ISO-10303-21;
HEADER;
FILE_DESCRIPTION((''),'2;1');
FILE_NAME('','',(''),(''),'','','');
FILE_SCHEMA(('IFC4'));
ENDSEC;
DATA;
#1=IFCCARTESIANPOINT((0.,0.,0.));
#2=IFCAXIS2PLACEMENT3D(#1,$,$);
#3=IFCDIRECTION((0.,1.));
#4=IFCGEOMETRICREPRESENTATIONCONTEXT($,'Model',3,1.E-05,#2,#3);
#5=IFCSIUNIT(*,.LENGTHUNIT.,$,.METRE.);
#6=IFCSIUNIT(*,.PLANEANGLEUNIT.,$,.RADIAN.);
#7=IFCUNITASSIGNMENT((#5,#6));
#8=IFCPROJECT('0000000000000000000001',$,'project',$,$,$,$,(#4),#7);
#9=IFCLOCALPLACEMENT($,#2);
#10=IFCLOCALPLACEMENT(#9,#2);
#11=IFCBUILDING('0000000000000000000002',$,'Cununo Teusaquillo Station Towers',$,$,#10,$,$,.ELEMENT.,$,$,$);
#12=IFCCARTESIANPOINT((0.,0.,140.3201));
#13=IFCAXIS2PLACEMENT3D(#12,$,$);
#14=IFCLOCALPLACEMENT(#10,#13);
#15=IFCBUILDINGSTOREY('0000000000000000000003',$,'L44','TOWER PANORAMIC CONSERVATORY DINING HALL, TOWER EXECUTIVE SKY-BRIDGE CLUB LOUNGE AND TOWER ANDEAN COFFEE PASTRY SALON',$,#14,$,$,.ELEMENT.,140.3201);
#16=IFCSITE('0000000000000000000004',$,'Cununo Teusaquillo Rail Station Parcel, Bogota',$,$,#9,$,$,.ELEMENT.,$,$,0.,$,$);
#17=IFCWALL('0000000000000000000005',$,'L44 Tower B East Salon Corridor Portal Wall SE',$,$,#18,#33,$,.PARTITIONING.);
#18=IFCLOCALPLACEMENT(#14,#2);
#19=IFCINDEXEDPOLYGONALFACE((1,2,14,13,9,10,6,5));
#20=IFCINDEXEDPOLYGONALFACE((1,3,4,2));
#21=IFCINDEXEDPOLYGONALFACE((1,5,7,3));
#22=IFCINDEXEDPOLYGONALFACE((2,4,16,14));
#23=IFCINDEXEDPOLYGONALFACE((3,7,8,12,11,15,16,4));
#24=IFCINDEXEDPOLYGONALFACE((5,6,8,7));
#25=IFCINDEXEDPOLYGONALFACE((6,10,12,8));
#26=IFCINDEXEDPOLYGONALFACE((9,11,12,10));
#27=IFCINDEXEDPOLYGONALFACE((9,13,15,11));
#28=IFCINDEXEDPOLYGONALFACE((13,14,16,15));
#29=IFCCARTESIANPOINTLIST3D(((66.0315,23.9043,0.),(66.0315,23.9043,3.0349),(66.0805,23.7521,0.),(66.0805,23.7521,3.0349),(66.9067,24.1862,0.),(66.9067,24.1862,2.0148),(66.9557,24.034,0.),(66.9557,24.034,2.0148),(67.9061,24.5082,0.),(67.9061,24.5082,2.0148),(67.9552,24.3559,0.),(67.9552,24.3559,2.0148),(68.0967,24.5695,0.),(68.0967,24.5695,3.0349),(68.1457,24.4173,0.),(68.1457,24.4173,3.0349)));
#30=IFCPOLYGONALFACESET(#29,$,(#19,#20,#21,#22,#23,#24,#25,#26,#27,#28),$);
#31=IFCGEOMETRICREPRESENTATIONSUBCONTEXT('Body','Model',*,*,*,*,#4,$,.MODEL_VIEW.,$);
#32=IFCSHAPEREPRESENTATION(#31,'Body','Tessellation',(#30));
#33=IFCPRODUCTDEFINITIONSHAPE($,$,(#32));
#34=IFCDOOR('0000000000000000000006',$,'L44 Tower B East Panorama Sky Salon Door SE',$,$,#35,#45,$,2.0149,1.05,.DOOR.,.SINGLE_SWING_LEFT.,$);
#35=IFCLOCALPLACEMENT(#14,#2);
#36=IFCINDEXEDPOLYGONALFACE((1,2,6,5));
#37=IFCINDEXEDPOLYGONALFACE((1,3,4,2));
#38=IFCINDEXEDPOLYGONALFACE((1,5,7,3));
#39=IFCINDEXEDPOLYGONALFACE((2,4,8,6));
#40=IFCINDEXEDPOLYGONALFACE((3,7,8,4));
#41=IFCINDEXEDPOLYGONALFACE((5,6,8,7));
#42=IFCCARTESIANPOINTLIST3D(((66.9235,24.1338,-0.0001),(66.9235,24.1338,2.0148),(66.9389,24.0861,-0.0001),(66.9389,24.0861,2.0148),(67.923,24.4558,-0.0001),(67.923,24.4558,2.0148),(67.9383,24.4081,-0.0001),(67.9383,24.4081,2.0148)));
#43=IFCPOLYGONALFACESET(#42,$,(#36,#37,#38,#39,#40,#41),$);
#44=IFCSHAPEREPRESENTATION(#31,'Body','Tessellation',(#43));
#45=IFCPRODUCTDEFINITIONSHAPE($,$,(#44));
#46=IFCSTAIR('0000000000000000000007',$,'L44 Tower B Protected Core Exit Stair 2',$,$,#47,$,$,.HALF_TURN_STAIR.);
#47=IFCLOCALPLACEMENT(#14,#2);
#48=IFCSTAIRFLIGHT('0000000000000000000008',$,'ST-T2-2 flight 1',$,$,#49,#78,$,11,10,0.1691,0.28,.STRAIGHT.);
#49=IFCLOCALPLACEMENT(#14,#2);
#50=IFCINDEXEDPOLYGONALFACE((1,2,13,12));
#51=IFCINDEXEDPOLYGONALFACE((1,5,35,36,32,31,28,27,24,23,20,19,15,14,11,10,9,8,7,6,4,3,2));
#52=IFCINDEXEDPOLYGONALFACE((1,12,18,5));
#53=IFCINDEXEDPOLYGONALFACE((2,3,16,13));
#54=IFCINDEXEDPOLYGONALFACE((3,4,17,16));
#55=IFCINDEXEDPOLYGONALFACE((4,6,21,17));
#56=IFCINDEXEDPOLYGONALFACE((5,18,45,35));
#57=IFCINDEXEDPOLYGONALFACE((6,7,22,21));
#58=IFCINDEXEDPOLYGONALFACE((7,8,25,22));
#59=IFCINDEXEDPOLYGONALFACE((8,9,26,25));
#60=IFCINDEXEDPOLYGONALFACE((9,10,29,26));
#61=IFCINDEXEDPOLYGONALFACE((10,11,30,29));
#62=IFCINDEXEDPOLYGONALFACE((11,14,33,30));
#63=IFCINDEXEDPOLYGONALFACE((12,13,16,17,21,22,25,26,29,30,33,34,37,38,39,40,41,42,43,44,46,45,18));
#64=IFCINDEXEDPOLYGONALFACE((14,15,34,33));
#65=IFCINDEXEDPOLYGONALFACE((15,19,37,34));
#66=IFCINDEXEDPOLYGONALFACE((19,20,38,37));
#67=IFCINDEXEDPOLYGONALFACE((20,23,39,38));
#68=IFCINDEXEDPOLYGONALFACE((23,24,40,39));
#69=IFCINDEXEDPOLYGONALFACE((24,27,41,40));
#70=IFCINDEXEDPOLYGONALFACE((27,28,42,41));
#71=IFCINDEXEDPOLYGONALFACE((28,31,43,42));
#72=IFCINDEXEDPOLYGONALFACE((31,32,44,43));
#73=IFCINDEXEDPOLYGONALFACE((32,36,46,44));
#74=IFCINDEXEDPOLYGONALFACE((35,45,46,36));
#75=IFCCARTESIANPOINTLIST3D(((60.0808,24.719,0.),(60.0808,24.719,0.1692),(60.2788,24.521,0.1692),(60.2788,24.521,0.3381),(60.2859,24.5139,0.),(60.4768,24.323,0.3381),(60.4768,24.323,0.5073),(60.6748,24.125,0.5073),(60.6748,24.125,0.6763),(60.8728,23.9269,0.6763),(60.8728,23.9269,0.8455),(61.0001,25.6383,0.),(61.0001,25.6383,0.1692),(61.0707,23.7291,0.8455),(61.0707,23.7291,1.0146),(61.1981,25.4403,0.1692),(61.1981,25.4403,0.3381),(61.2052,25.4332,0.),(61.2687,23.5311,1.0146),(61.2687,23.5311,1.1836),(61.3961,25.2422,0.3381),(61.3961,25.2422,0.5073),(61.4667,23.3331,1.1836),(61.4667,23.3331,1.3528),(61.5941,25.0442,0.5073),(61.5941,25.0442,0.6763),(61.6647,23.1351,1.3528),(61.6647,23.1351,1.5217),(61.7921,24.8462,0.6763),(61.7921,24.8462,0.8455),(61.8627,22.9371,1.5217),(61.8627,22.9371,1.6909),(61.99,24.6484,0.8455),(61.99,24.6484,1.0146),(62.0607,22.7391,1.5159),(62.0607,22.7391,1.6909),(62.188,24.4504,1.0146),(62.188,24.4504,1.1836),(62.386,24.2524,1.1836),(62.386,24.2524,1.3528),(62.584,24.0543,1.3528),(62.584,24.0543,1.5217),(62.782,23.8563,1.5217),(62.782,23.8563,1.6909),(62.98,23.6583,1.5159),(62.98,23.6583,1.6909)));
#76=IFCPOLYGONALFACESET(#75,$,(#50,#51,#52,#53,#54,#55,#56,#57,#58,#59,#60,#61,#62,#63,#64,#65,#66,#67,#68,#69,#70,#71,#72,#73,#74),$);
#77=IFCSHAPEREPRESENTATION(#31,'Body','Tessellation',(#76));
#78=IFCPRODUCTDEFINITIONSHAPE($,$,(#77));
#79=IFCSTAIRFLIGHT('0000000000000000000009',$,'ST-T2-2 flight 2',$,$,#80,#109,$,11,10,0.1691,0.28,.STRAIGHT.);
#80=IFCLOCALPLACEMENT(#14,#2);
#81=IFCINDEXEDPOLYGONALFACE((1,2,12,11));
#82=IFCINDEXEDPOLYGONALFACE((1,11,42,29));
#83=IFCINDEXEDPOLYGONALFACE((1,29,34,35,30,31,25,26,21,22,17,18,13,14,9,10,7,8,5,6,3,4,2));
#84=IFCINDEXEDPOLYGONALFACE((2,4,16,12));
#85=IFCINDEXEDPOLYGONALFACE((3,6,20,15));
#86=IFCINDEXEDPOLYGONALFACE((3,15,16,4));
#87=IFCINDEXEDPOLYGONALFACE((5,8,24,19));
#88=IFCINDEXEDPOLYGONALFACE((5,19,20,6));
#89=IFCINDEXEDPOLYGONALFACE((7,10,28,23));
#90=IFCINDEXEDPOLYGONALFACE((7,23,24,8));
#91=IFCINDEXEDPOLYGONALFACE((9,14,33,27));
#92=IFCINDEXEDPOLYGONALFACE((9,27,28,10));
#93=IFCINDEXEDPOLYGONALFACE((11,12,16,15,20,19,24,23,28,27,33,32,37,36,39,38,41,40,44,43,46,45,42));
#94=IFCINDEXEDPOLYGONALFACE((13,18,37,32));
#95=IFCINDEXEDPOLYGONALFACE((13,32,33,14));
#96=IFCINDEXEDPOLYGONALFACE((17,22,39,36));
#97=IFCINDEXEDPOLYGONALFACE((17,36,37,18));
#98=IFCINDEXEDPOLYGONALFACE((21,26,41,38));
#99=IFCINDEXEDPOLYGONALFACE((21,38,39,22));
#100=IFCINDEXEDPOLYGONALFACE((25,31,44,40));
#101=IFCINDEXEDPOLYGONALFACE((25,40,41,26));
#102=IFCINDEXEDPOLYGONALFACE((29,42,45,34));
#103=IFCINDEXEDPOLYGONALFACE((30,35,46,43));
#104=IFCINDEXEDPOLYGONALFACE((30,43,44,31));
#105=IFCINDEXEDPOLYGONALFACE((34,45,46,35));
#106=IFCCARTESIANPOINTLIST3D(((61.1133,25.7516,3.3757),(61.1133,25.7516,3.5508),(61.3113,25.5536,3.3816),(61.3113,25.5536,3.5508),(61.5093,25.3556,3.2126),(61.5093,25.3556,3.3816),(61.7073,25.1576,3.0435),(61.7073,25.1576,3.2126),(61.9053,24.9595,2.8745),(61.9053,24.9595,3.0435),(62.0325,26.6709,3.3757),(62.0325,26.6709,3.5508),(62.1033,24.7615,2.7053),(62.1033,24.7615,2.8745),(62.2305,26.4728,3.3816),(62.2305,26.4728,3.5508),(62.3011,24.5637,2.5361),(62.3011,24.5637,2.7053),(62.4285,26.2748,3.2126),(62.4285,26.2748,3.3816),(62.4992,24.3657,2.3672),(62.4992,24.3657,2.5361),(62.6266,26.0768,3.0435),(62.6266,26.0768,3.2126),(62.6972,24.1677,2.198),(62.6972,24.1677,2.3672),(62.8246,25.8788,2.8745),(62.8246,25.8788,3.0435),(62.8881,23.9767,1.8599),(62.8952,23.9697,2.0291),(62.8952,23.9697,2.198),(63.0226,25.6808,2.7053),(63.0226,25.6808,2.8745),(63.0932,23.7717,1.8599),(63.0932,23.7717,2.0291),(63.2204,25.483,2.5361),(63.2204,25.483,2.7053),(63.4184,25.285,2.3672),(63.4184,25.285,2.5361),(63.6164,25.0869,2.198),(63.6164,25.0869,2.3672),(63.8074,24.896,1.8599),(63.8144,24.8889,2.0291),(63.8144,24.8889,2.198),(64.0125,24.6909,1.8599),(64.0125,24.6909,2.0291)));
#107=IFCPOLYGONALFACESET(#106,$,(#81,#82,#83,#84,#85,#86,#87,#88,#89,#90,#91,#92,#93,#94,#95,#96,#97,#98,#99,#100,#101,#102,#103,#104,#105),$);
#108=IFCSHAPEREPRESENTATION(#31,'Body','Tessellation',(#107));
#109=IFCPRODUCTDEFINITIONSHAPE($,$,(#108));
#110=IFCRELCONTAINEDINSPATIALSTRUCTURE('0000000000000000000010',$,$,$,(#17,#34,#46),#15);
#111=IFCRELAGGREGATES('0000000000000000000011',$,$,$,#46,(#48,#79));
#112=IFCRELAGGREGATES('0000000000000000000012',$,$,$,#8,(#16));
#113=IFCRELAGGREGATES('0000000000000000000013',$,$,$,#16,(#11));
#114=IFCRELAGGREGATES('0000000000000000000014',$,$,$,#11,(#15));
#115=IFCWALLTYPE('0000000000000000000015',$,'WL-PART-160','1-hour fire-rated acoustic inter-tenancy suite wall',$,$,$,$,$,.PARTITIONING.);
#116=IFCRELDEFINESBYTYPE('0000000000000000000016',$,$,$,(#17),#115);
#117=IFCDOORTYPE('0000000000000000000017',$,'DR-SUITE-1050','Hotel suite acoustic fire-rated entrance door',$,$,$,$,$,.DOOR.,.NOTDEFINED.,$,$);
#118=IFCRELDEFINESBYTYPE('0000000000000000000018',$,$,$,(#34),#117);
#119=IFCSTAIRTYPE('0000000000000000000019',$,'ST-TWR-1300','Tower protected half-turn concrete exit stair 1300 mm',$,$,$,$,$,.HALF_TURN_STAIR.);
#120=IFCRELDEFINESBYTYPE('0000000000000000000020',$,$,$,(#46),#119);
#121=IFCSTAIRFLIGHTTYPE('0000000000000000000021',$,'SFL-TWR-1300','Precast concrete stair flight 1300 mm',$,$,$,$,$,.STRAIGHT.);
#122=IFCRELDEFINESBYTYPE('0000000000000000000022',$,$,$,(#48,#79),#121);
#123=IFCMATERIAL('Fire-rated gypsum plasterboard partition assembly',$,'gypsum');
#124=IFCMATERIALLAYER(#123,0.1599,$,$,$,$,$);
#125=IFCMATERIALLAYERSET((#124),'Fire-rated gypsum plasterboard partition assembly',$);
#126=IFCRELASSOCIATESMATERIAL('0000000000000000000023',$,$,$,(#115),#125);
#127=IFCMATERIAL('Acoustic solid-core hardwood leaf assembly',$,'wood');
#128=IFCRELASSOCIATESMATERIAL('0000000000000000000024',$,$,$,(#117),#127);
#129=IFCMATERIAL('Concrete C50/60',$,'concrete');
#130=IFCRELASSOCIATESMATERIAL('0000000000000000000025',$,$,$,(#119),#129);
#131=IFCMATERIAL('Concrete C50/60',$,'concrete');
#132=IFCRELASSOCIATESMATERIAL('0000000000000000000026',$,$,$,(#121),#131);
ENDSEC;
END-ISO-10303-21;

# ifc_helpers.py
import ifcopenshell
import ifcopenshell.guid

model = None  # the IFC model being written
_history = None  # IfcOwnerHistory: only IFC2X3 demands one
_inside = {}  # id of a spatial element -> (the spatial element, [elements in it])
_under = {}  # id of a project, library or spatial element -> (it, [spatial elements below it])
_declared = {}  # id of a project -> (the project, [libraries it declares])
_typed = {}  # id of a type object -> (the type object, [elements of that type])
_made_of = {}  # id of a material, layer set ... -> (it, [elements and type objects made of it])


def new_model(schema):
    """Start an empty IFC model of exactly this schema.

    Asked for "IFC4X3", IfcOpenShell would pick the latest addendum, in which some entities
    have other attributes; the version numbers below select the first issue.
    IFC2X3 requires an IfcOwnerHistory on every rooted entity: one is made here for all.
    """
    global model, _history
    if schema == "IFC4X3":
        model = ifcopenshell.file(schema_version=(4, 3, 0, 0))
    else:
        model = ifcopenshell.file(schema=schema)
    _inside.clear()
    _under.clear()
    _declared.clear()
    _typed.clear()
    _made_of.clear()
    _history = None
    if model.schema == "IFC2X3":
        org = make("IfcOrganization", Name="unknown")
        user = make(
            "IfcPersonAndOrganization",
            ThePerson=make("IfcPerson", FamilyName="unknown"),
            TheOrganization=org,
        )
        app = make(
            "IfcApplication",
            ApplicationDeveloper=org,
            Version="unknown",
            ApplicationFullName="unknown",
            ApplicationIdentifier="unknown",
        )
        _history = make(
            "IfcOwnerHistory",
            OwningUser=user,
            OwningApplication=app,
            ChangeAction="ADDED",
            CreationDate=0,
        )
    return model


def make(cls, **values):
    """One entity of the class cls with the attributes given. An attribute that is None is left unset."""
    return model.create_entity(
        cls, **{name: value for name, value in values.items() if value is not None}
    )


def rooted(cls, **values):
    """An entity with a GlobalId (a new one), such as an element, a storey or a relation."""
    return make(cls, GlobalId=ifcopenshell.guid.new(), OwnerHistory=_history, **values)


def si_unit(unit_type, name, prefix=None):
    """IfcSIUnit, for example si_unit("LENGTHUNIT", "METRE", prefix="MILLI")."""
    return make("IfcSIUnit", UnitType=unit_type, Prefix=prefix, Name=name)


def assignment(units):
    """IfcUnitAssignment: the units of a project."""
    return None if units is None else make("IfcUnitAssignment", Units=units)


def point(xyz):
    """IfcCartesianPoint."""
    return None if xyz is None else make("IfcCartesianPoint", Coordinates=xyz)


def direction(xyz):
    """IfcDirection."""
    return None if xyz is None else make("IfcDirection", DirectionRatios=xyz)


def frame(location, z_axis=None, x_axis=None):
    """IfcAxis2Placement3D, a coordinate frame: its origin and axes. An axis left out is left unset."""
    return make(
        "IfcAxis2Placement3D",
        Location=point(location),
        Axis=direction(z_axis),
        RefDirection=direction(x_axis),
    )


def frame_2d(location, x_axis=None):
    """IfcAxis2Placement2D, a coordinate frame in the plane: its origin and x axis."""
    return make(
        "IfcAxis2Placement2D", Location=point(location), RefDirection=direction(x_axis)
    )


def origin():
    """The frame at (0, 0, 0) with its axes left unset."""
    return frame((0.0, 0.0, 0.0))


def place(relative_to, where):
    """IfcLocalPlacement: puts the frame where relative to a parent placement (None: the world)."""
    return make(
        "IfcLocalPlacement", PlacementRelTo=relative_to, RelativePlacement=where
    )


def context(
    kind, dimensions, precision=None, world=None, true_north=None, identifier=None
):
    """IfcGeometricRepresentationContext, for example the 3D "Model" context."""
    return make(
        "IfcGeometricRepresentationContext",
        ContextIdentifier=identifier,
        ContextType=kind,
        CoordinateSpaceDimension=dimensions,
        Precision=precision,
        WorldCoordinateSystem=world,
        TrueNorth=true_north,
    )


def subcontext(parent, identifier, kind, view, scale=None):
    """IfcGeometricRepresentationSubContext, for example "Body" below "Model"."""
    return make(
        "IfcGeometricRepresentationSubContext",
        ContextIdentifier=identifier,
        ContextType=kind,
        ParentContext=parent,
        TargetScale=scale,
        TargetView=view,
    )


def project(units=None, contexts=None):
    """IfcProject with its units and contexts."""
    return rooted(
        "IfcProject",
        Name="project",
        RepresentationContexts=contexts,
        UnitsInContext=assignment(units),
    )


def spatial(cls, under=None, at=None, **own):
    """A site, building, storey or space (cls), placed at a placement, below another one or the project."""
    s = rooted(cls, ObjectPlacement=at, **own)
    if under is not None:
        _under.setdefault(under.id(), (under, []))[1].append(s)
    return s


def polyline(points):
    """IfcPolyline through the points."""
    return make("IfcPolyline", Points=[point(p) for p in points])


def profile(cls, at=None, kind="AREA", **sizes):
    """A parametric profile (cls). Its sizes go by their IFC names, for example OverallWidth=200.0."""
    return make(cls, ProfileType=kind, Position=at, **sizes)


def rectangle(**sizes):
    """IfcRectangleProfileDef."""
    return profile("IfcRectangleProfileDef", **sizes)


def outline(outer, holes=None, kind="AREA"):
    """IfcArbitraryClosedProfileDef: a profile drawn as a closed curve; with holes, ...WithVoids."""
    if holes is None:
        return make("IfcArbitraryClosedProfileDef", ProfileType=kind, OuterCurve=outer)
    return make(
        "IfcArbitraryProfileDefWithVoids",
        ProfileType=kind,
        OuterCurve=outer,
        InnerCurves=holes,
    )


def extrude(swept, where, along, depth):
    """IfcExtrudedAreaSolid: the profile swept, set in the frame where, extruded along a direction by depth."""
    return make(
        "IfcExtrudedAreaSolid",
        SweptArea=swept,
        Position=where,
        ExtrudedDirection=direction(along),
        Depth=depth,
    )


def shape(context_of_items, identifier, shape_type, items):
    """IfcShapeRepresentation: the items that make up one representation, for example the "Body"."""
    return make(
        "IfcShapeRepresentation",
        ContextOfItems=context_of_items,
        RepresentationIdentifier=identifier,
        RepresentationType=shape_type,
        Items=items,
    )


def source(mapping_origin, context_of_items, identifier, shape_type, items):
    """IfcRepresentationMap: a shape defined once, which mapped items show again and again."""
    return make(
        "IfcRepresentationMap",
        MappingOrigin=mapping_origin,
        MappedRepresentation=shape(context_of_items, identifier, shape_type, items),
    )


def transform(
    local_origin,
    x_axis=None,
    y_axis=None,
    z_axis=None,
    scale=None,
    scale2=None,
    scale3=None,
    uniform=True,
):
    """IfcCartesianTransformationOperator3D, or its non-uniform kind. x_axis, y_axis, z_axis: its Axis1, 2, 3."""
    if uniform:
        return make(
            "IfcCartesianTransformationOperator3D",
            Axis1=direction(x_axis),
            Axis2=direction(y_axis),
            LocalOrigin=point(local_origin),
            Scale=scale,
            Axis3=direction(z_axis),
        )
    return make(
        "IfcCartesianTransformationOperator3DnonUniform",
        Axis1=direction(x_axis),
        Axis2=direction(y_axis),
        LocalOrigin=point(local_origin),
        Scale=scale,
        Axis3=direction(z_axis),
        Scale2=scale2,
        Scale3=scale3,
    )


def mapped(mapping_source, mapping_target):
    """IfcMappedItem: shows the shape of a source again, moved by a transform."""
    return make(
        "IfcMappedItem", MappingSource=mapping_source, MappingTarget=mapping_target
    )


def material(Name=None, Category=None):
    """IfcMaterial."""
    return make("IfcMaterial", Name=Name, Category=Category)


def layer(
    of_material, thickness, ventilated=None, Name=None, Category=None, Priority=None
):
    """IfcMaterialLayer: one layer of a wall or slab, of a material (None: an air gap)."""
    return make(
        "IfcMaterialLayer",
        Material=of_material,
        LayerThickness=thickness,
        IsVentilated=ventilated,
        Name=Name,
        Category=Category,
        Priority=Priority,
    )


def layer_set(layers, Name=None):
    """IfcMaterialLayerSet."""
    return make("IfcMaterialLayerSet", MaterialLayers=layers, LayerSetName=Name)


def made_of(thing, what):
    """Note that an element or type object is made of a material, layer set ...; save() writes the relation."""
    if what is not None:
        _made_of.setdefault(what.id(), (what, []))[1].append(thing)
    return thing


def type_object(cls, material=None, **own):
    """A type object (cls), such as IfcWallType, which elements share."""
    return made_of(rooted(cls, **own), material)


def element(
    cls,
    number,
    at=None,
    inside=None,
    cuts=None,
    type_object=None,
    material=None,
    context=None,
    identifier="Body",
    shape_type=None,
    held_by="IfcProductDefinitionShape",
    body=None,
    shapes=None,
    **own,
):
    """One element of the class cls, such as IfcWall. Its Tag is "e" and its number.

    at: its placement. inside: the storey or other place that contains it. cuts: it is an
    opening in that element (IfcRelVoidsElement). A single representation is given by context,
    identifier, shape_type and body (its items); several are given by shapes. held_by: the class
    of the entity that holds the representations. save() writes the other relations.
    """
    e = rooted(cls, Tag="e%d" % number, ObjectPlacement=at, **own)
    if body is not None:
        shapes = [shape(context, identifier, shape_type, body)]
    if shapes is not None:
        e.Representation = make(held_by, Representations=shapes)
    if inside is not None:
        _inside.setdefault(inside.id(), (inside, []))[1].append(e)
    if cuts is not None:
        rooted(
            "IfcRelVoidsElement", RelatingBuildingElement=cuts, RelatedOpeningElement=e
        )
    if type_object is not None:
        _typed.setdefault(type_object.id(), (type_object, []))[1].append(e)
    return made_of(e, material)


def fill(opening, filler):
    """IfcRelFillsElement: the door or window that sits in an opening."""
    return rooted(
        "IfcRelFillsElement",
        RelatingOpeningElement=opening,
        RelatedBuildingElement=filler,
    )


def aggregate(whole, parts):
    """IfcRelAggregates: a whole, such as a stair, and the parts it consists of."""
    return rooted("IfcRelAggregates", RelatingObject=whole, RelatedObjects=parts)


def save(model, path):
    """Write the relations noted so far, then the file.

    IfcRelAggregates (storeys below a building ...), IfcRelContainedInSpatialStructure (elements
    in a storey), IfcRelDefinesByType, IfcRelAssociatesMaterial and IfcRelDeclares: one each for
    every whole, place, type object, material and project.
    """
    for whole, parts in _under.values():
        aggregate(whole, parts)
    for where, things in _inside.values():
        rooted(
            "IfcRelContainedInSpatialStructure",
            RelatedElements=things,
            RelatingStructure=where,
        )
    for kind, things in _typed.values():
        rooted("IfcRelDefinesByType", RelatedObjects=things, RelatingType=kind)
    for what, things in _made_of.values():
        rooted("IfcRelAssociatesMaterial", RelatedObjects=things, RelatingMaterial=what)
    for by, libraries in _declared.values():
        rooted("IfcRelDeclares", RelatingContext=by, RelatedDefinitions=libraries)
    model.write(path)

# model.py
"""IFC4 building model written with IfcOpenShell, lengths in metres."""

from ifc_helpers import new_model, si_unit, direction, frame, frame_2d, origin, place, context, subcontext, project, spatial, polyline, rectangle, outline, extrude, source, transform, mapped, material, layer, layer_set, type_object, element, fill, aggregate, save


model = new_model("IFC4")

# Units and contexts
model_context = context("Model", 3, precision=1e-05, world=origin(), true_north=direction((0.0, 1.0)))
body_context = subcontext(model_context, "Body", "Model", "MODEL_VIEW")
ifc_project = project(units=[si_unit("LENGTHUNIT", "METRE"), si_unit("PLANEANGLEUNIT", "RADIAN")], contexts=[model_context])

# Site, building, storey
site_placement = place(None, origin())
site = spatial("IfcSite", under=ifc_project, at=site_placement, Name="Cununo Teusaquillo Rail Station Parcel, Bogota", CompositionType="ELEMENT", RefElevation=0.0)
building_placement = place(site_placement, origin())
building = spatial("IfcBuilding", under=site, at=building_placement, Name="Cununo Teusaquillo Station Towers", CompositionType="ELEMENT")
storey_placement = place(building_placement, frame((0.0, 0.0, 140.3201)))
storey = spatial("IfcBuildingStorey", under=building, at=storey_placement, Name="L44", Description="TOWER PANORAMIC CONSERVATORY DINING HALL, TOWER EXECUTIVE SKY-BRIDGE CLUB LOUNGE AND TOWER ANDEAN COFFEE PASTRY SALON", CompositionType="ELEMENT", Elevation=140.3201)

# Shared definitions
ifc_material_1 = material(Name="Fire-rated gypsum plasterboard partition assembly", Category="gypsum")
ifc_layer_1 = layer(ifc_material_1, 0.1599)
ifc_layer_set_1 = layer_set([ifc_layer_1], Name="Fire-rated gypsum plasterboard partition assembly")
wall_type_1 = type_object("IfcWallType", Name="WL-PART-160", Description="1-hour fire-rated acoustic inter-tenancy suite wall", PredefinedType="PARTITIONING", material=ifc_layer_set_1)

# Wall, opening, door
shared_shape_1 = source(origin(), body_context, "Body", "SweptSolid", [
    extrude(rectangle(XDim=1.05, YDim=2.0149, at=frame_2d((0.5249, 1.0073))), frame((0.0, 0.0898, 0.0), z_axis=(0.0, -1.0, 0.0), x_axis=(1.0, 0.0, 0.0)), (0.0, 0.0, 1.0), 0.1799),
])
ifc_material_2 = material(Name="Acoustic solid-core hardwood leaf assembly", Category="wood")
door_type_1 = type_object("IfcDoorType", Name="DR-SUITE-1050", Description="Hotel suite acoustic fire-rated entrance door", OperationType="NOTDEFINED", PredefinedType="DOOR", material=ifc_material_2)
shared_shape_2 = source(origin(), body_context, "Body", "SweptSolid", [
    extrude(rectangle(XDim=1.05, YDim=2.0149, at=frame_2d((0.5249, 1.0073))), frame((0.0, 0.0249, 0.0), z_axis=(0.0, -1.0, 0.0), x_axis=(1.0, 0.0, 0.0)), (0.0, 0.0, 1.0), 0.05),
])
wall_1_placement = place(storey_placement, frame((66.0559, 23.8281, 0.0), z_axis=(0.0, 0.0, 1.0), x_axis=(0.951831, 0.306625, 0.0)))
wall_1 = element("IfcWall", 1, at=wall_1_placement, inside=storey, type_object=wall_type_1, Name="L44 Tower B East Salon Corridor Portal Wall SE", PredefinedType="PARTITIONING", context=body_context, shape_type="SweptSolid", body=[
    extrude(rectangle(XDim=2.1697, YDim=0.1599, at=frame_2d((1.085, 0.0))), origin(), (0.0, 0.0, 1.0), 3.0349),
])
opening_1_placement = place(wall_1_placement, frame((0.9197, 0.0, 0.0)))
opening_1 = element("IfcOpeningElement", 2, at=opening_1_placement, cuts=wall_1, PredefinedType="OPENING", context=body_context, shape_type="MappedRepresentation", body=[
    mapped(shared_shape_1, transform((0.0, 0.0, 0.0), x_axis=(1.0, 0.0, 0.0), y_axis=(0.0, 1.0, 0.0), z_axis=(0.0, 0.0, 1.0), scale=1.0)),
])
door_1_placement = place(opening_1_placement, origin())
door_1 = element("IfcDoor", 3, at=door_1_placement, inside=storey, type_object=door_type_1, Name="L44 Tower B East Panorama Sky Salon Door SE", OperationType="SINGLE_SWING_LEFT", OverallHeight=2.0149, OverallWidth=1.05, PredefinedType="DOOR", context=body_context, shape_type="MappedRepresentation", body=[
    mapped(shared_shape_2, transform((0.0, 0.0, 0.0), x_axis=(1.0, 0.0, 0.0), y_axis=(0.0, 1.0, 0.0), z_axis=(0.0, 0.0, 1.0), scale=1.0)),
])
fill(opening_1, door_1)

# Stair, stair flights
ifc_material_3 = material(Name="Concrete C50/60", Category="concrete")
stair_type = type_object("IfcStairType", Name="ST-TWR-1300", Description="Tower protected half-turn concrete exit stair 1300 mm", PredefinedType="HALF_TURN_STAIR", material=ifc_material_3)
stair_placement = place(storey_placement, origin())
stair = element("IfcStair", 4, at=stair_placement, inside=storey, type_object=stair_type, Name="L44 Tower B Protected Core Exit Stair 2", PredefinedType="HALF_TURN_STAIR")
ifc_material_4 = material(Name="Concrete C50/60", Category="concrete")
stair_flight_type = type_object("IfcStairFlightType", Name="SFL-TWR-1300", Description="Precast concrete stair flight 1300 mm", PredefinedType="STRAIGHT", material=ifc_material_4)
stair_flight_1_placement = place(storey_placement, frame((60.5405, 25.1787, 0.0), z_axis=(0.0, 0.0, 1.0), x_axis=(0.707107, -0.707107, 0.0)))
stair_flight_1 = element("IfcStairFlight", 5, at=stair_flight_1_placement, type_object=stair_flight_type, Name="ST-T2-2 flight 1", NumberOfRisers=11, NumberOfTreads=10, PredefinedType="STRAIGHT", RiserHeight=0.1691, TreadLength=0.28, context=body_context, shape_type="SweptSolid", body=[
    extrude(outline(polyline([(0.0, 0.0), (0.0, 0.1692), (0.28, 0.1692), (0.28, 0.3381), (0.5601, 0.3381), (0.5601, 0.5073), (0.8401, 0.5073), (0.8401, 0.6763), (1.1201, 0.6763), (1.1201, 0.8455), (1.3999, 0.8455), (1.3999, 1.0146), (1.6799, 1.0146), (1.6799, 1.1836), (1.96, 1.1836), (1.96, 1.3528), (2.24, 1.3528), (2.24, 1.5217), (2.52, 1.5217), (2.52, 1.6909), (2.8, 1.6909), (2.8, 1.8601), (2.8, 1.5159), (0.29, 0.0), (0.0, 0.0)])), frame((0.0, 0.6499, 0.0), z_axis=(0.0, -1.0, 0.0), x_axis=(1.0, 0.0, 0.0)), (0.0, 0.0, 1.0), 1.3),
])
stair_flight_2_placement = place(storey_placement, frame((63.5527, 24.2312, 1.8599), z_axis=(0.0, 0.0, 1.0), x_axis=(-0.707107, 0.707107, 0.0)))
stair_flight_2 = element("IfcStairFlight", 6, at=stair_flight_2_placement, type_object=stair_flight_type, Name="ST-T2-2 flight 2", NumberOfRisers=11, NumberOfTreads=10, PredefinedType="STRAIGHT", RiserHeight=0.1691, TreadLength=0.28, context=body_context, shape_type="SweptSolid", body=[
    extrude(outline(polyline([(0.0, 0.0), (0.0, 0.1692), (0.28, 0.1692), (0.28, 0.3381), (0.5601, 0.3381), (0.5601, 0.5073), (0.8401, 0.5073), (0.8401, 0.6763), (1.1201, 0.6763), (1.1201, 0.8455), (1.3999, 0.8455), (1.3999, 1.0146), (1.6799, 1.0146), (1.6799, 1.1836), (1.96, 1.1836), (1.96, 1.3528), (2.24, 1.3528), (2.24, 1.5217), (2.52, 1.5217), (2.52, 1.6909), (2.8, 1.6909), (2.8, 1.8601), (2.8, 1.5159), (0.29, 0.0), (0.0, 0.0)])), frame((0.0, 0.6499, 0.0), z_axis=(0.0, -1.0, 0.0), x_axis=(1.0, 0.0, 0.0)), (0.0, 0.0, 1.0), 1.3),
])
aggregate(stair, [stair_flight_1, stair_flight_2])

save(model, "model.ifc")
